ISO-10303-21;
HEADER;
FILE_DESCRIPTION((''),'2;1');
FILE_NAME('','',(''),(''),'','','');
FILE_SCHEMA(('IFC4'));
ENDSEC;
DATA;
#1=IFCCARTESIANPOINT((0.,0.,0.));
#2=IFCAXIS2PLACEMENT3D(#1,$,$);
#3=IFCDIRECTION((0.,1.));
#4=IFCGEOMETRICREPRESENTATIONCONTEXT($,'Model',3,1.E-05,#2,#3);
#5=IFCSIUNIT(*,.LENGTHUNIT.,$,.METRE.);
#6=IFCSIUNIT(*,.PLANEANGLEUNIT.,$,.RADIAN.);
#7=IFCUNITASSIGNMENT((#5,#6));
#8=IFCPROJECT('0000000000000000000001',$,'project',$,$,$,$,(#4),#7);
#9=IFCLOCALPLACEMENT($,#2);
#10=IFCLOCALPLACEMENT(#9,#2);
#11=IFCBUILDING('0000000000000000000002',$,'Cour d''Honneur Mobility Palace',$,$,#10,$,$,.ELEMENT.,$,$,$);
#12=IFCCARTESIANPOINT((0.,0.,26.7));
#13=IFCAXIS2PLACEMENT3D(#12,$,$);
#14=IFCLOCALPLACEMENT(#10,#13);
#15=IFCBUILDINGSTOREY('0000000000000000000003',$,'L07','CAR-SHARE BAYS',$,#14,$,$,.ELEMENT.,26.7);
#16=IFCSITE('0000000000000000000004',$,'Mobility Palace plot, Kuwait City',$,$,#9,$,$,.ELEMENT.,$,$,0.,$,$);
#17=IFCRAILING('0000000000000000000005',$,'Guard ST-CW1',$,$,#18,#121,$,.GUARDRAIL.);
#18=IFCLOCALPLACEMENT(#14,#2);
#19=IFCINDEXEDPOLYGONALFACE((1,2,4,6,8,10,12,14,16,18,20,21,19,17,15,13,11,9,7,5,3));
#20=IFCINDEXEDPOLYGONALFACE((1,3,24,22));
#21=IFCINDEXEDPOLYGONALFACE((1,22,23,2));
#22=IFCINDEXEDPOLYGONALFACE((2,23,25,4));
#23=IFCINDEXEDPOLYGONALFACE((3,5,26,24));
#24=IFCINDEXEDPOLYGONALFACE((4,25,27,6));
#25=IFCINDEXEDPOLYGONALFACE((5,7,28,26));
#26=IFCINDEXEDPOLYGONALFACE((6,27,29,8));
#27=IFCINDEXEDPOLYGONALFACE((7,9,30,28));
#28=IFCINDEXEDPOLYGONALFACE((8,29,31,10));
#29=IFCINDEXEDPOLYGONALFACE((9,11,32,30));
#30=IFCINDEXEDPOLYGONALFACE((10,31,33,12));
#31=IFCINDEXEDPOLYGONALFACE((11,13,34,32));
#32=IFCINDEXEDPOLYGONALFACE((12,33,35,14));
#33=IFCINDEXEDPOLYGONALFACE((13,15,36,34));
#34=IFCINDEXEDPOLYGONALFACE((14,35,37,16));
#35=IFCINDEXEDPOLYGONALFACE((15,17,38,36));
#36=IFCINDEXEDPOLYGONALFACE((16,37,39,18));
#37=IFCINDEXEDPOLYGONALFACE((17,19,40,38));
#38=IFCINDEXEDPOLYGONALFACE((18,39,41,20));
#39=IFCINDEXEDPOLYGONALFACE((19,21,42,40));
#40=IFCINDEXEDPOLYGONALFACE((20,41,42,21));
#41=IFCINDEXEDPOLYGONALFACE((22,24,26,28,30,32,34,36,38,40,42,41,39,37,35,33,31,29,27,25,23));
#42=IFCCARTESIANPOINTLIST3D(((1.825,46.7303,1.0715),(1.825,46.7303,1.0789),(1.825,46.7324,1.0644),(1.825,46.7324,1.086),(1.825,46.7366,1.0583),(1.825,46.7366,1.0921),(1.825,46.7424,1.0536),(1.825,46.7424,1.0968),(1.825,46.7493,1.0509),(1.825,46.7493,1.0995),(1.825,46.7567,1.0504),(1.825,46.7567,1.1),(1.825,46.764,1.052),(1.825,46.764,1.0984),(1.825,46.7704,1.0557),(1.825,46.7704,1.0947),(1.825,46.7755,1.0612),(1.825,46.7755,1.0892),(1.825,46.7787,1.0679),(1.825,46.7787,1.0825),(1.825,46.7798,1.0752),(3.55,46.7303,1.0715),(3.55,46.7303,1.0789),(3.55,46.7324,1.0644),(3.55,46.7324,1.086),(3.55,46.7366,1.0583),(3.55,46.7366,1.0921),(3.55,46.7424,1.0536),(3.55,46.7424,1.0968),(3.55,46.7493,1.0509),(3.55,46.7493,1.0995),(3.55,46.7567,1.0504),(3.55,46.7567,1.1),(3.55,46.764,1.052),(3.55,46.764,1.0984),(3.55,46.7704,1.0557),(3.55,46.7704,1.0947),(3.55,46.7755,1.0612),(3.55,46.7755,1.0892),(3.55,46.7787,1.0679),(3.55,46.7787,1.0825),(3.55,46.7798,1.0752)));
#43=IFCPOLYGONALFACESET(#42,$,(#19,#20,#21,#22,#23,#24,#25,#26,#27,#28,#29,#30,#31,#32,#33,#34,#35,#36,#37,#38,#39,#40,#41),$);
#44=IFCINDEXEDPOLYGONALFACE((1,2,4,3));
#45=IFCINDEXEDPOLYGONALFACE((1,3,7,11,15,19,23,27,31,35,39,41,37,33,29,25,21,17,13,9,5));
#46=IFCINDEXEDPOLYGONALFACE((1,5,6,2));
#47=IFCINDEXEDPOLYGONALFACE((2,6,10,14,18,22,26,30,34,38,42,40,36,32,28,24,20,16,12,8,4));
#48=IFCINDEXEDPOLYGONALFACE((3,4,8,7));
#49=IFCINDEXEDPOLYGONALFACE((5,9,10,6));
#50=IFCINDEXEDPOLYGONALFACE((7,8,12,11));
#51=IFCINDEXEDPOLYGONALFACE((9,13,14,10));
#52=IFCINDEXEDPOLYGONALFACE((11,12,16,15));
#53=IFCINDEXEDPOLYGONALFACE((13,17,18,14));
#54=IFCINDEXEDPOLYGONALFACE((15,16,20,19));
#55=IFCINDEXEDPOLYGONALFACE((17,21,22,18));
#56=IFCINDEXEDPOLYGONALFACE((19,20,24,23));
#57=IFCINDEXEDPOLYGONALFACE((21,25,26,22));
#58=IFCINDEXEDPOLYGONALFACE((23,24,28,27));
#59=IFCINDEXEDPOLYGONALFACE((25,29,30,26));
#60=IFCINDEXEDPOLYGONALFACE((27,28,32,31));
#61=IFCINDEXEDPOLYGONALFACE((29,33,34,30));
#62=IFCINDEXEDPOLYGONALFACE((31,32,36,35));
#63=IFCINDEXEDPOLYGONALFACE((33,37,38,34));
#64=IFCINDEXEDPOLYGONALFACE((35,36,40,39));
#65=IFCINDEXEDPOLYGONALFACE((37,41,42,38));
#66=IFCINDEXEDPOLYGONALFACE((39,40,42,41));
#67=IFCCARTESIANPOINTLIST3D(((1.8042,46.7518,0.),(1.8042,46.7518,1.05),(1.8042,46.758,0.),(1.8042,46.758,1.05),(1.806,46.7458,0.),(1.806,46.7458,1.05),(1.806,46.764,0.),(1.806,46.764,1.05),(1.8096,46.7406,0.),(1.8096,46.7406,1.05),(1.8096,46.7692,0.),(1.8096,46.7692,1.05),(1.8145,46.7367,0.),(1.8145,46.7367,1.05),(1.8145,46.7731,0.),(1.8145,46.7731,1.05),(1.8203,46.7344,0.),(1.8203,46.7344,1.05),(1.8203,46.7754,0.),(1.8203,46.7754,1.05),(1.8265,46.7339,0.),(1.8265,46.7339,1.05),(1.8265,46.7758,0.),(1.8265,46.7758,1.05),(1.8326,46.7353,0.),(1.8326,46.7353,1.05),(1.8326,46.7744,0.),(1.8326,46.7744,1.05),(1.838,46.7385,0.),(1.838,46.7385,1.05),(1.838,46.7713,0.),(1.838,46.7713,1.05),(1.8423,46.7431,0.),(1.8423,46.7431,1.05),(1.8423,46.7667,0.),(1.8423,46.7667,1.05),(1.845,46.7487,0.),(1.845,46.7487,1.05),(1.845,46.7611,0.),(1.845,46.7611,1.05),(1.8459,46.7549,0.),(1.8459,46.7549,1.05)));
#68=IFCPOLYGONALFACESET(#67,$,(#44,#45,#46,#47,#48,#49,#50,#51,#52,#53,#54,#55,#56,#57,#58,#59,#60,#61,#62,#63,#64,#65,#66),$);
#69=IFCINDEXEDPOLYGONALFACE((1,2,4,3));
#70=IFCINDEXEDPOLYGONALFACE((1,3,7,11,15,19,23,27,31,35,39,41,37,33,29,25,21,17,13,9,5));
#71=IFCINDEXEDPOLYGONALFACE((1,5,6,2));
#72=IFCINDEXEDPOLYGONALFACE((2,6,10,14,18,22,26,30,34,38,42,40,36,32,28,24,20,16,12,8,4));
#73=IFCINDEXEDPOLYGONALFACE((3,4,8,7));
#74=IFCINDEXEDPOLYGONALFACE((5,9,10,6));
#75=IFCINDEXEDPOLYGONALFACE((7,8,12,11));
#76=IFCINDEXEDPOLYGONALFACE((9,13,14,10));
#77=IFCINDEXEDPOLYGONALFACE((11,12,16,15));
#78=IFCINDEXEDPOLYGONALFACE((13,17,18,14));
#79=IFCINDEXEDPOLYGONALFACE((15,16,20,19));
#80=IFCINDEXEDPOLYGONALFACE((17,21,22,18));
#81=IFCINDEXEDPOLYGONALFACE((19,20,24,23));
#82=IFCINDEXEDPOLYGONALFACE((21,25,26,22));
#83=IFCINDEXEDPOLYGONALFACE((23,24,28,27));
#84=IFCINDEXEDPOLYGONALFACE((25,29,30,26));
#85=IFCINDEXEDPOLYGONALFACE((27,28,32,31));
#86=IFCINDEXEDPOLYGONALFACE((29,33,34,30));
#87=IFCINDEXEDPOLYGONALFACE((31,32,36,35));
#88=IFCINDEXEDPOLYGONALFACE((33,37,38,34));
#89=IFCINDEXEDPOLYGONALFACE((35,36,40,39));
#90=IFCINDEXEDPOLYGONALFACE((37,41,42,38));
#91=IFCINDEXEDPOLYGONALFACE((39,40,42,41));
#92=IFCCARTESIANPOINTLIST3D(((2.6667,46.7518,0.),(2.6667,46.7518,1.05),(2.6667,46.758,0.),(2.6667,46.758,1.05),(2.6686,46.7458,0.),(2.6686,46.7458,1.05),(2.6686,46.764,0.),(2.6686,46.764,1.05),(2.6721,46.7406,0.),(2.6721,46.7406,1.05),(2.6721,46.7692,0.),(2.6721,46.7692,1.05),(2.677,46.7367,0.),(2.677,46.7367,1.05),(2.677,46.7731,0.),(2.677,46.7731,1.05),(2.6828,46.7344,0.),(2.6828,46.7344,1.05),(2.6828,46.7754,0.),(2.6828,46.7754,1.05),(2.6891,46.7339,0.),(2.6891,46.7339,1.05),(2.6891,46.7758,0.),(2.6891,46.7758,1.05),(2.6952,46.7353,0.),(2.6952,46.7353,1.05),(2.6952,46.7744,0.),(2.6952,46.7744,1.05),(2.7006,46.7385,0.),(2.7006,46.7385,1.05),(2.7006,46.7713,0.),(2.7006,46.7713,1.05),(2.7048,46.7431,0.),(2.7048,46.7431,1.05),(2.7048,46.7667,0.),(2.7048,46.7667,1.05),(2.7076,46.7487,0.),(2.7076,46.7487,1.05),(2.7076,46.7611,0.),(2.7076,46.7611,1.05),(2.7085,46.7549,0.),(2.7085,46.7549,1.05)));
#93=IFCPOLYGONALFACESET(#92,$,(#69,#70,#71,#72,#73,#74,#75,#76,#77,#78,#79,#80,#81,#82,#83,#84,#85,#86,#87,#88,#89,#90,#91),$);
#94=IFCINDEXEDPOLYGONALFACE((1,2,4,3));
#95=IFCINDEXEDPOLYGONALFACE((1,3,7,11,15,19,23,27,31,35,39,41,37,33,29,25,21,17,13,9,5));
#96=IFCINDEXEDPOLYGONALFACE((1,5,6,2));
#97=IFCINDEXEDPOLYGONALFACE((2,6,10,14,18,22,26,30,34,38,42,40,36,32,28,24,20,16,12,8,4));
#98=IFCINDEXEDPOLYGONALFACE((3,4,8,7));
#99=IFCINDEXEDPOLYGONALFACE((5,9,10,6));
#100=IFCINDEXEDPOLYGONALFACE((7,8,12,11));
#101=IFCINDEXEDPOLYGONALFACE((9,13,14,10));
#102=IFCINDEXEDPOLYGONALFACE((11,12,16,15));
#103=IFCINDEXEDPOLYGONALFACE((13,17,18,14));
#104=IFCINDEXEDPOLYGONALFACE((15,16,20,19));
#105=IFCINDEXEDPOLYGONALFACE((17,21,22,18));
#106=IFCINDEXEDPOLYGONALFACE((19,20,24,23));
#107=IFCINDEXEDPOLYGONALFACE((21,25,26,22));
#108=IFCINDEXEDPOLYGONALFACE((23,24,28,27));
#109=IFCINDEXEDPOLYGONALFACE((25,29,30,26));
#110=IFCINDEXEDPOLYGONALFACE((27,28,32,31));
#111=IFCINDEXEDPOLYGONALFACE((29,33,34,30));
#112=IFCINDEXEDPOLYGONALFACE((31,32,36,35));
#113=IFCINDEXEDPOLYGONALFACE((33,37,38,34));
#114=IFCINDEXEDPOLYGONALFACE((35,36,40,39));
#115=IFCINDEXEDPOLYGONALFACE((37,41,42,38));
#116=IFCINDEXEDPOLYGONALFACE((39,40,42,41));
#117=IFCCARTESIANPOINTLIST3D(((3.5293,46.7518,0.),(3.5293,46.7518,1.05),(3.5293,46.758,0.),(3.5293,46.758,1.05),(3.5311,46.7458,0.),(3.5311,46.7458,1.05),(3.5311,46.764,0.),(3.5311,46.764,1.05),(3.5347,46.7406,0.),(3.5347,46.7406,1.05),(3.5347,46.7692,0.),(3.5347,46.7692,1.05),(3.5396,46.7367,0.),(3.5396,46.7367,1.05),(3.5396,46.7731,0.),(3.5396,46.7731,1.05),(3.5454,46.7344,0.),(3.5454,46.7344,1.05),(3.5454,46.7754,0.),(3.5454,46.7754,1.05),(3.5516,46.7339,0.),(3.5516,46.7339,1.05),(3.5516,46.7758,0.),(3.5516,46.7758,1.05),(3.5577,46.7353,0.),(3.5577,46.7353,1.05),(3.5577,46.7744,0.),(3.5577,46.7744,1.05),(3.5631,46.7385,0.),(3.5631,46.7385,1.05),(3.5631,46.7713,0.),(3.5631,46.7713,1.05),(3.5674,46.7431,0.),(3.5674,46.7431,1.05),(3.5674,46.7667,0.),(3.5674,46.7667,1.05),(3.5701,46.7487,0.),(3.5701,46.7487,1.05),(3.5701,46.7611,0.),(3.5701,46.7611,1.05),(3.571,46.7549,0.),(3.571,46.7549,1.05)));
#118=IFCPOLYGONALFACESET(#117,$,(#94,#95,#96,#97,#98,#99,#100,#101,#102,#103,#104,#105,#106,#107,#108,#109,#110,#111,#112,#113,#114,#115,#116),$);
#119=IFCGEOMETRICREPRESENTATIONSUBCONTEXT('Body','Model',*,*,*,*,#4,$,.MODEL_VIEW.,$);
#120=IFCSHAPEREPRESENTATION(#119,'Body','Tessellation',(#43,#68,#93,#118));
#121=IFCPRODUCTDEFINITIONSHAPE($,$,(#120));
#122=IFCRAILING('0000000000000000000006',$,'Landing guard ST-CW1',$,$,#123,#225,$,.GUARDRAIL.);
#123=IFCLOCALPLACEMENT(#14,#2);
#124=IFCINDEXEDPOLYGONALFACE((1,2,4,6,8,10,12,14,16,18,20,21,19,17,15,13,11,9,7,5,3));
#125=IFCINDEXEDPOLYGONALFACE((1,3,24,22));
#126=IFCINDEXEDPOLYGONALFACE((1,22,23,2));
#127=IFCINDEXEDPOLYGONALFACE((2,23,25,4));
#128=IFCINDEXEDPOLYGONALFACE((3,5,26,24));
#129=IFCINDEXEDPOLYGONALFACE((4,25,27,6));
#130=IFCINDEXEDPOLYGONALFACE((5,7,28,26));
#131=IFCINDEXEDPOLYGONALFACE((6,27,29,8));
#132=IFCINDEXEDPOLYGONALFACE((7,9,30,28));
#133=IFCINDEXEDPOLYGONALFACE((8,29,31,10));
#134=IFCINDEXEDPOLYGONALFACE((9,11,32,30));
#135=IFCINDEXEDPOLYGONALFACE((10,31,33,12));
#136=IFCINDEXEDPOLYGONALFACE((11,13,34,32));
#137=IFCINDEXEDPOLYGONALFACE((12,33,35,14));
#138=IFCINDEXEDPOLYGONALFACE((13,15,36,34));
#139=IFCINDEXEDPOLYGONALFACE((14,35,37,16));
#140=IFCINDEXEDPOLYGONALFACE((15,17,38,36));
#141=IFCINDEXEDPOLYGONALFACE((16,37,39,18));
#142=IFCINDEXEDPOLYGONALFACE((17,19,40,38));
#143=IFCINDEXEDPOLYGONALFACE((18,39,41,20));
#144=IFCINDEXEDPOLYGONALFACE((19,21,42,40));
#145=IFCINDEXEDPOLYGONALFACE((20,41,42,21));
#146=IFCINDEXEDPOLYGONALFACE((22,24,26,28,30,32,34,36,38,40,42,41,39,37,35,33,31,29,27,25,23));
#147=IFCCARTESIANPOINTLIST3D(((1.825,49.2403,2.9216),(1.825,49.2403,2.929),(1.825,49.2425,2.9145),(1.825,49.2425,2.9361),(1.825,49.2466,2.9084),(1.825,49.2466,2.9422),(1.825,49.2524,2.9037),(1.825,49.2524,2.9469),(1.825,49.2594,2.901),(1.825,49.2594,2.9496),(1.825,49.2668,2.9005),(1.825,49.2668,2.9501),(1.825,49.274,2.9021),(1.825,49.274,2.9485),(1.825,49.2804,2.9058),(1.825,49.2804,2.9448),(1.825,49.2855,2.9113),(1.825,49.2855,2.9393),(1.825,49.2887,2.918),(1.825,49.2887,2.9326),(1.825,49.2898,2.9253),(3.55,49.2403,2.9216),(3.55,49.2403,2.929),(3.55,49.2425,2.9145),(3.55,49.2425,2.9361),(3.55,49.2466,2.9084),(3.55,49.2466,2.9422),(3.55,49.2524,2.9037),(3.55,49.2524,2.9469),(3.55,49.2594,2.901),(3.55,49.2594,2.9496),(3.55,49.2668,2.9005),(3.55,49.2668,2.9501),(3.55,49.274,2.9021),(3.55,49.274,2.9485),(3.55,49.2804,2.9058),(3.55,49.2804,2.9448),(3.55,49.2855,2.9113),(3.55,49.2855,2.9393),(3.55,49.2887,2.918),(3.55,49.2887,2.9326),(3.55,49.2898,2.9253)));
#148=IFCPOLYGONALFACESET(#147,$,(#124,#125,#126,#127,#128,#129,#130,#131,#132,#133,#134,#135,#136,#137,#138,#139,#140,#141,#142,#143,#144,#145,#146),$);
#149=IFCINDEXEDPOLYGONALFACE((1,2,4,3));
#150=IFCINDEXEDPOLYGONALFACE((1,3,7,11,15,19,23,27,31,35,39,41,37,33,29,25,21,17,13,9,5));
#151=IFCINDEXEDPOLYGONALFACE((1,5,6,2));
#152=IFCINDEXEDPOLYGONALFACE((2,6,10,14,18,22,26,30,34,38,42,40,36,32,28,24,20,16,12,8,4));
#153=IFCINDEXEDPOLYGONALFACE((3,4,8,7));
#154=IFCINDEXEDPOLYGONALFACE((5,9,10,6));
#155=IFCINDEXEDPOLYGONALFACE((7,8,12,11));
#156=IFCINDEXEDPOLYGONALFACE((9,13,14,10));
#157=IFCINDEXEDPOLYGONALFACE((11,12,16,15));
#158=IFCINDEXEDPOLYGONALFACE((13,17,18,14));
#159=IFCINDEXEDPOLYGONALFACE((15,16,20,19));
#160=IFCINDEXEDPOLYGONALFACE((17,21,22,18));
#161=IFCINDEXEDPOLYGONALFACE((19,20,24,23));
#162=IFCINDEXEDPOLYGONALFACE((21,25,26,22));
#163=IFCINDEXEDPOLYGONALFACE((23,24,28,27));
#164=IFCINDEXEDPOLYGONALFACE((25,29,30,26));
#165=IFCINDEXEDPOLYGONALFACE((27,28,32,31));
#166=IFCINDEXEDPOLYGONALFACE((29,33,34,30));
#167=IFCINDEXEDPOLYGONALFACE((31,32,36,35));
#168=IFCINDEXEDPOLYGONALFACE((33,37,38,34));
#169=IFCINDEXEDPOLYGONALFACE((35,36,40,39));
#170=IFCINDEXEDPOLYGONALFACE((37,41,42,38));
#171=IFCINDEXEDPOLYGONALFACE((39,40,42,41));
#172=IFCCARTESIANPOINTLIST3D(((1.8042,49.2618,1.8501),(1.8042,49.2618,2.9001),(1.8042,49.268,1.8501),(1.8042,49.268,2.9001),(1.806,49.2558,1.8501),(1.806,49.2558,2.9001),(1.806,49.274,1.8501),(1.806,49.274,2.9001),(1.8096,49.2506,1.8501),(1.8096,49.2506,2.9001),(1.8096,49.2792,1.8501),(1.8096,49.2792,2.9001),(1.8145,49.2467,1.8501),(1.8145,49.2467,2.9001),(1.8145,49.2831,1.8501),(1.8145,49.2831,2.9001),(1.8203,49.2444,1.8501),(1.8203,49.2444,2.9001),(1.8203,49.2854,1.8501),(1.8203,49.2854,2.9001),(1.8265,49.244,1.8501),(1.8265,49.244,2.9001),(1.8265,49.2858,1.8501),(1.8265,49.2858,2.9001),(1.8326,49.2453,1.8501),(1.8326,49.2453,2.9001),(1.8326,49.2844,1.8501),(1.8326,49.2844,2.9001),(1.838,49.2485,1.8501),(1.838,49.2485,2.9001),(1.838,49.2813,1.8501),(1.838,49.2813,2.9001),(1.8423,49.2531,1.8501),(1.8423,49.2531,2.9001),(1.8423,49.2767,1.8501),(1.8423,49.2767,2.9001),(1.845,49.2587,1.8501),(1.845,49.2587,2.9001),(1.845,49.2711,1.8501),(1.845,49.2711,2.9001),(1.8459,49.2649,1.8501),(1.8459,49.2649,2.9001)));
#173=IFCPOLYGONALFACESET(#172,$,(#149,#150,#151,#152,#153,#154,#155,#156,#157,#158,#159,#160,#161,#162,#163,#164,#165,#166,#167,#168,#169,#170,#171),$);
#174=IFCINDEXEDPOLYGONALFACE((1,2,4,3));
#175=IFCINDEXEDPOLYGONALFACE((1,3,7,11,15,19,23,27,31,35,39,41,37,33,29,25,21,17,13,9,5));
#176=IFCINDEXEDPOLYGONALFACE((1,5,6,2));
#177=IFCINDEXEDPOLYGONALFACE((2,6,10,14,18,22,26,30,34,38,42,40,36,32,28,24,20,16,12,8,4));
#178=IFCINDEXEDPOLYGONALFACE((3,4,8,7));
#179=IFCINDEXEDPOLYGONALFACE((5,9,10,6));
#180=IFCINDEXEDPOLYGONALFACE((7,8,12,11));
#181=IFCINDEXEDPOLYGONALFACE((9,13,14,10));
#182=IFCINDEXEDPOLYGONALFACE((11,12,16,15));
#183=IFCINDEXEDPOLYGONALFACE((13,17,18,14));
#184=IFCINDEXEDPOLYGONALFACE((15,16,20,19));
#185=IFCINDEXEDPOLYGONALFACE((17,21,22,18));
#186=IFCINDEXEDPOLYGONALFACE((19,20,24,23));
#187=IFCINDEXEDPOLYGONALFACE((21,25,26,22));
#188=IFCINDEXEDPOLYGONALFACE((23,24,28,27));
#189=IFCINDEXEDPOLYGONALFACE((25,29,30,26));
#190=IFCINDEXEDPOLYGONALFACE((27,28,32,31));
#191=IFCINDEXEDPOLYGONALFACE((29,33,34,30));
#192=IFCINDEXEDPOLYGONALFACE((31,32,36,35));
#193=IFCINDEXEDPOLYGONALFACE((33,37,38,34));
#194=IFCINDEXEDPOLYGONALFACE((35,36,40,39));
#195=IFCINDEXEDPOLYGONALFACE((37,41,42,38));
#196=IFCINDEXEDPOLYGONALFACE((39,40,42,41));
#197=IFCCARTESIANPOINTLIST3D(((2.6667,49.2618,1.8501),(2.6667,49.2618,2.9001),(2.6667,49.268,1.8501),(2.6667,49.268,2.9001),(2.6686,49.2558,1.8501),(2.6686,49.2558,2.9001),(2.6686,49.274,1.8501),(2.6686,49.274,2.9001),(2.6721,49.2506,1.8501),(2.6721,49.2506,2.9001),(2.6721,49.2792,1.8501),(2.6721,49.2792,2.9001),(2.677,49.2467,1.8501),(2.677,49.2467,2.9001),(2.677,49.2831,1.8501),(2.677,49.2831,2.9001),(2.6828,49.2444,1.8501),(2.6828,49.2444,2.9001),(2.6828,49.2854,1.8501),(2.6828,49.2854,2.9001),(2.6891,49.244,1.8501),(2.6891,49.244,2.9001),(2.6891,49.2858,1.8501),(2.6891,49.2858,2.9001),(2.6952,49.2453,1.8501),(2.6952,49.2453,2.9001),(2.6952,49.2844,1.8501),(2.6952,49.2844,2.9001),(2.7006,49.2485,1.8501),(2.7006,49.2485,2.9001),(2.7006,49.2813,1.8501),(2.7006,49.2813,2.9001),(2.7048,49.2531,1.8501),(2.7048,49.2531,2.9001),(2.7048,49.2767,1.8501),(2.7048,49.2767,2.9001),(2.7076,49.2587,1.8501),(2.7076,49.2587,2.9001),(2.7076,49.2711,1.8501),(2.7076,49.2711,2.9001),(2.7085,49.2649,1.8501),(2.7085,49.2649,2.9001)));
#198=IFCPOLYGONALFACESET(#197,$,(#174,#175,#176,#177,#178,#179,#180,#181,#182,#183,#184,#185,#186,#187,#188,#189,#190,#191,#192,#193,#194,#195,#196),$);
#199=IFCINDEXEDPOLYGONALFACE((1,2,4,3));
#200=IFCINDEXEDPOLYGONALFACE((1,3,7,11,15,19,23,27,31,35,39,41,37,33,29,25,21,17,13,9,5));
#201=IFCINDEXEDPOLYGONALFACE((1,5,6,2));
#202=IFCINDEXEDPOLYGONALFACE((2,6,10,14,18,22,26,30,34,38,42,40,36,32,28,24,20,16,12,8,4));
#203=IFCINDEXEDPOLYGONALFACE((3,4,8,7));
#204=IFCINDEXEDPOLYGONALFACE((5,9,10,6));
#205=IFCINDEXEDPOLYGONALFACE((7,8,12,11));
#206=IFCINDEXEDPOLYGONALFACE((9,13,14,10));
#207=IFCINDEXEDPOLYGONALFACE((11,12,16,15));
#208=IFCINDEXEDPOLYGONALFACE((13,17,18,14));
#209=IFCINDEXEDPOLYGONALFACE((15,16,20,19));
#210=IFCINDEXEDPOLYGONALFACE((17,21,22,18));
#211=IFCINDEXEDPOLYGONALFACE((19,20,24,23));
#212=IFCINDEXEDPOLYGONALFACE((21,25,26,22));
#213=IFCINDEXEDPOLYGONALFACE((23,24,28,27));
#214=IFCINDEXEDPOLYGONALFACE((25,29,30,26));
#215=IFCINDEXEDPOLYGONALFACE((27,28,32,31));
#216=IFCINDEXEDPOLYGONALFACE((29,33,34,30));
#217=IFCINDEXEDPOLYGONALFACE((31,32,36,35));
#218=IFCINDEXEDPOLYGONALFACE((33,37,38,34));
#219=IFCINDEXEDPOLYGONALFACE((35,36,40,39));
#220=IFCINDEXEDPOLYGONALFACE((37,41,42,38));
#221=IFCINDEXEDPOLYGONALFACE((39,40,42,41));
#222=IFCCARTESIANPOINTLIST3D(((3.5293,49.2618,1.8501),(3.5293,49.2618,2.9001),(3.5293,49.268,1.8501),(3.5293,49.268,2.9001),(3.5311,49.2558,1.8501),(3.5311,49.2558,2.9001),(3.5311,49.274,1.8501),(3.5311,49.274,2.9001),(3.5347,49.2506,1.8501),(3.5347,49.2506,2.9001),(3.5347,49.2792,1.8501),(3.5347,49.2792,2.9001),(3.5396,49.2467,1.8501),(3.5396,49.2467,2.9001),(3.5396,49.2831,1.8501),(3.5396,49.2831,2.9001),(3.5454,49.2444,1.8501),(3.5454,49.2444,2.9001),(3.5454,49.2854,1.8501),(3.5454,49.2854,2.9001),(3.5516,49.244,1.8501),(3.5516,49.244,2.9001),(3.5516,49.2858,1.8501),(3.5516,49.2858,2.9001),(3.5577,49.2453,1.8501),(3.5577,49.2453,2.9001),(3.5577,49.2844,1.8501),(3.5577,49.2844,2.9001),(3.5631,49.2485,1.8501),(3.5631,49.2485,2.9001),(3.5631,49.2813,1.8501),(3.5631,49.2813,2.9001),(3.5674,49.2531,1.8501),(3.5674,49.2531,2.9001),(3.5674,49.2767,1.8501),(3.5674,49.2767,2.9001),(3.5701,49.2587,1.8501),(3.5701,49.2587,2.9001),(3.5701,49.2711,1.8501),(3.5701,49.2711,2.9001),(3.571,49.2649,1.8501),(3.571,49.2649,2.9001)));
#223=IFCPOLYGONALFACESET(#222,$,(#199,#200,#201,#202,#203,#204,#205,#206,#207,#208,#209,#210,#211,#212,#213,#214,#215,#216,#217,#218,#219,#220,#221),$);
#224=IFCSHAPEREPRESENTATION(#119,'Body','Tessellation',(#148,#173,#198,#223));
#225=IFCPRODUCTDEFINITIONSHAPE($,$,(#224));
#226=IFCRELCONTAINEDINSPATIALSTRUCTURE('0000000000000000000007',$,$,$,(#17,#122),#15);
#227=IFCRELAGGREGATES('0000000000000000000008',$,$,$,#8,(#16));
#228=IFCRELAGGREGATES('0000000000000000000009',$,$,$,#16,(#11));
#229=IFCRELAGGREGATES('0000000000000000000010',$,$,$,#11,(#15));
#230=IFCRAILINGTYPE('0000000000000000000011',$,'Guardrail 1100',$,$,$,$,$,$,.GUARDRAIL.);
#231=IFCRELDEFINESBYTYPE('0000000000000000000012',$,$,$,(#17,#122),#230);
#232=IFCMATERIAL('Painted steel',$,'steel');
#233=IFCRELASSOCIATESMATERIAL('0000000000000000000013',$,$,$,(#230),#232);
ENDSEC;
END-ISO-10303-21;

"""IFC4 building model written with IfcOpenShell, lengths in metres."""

from ifc_helpers import new_model, si_unit, direction, frame, origin, origin_2d, place, context, subcontext, project, spatial, circle, extrude, material, type_object, element, save


model = new_model("IFC4")

# Units and contexts
model_context = context("Model", 3, precision=1e-05, world=origin(), true_north=direction((0.0, 1.0)))
body_context = subcontext(model_context, "Body", "Model", "MODEL_VIEW")
ifc_project = project(units=[si_unit("LENGTHUNIT", "METRE"), si_unit("PLANEANGLEUNIT", "RADIAN")], contexts=[model_context])

# Site, building, storey
site_placement = place(None, origin())
site = spatial("IfcSite", under=ifc_project, at=site_placement, Name="Mobility Palace plot, Kuwait City", CompositionType="ELEMENT", RefElevation=0.0)
building_placement = place(site_placement, origin())
building = spatial("IfcBuilding", under=site, at=building_placement, Name="Cour d'Honneur Mobility Palace", CompositionType="ELEMENT")
storey_placement = place(building_placement, frame((0.0, 0.0, 26.7)))
storey = spatial("IfcBuildingStorey", under=building, at=storey_placement, Name="L07", Description="CAR-SHARE BAYS", CompositionType="ELEMENT", Elevation=26.7)

# Railings
ifc_material_1 = material(Name="Painted steel", Category="steel")
railing_type_1 = type_object("IfcRailingType", Name="Guardrail 1100", PredefinedType="GUARDRAIL", material=ifc_material_1)
for number, where, name in (
    (1, (1.825, 46.7549, 0.0), "Guard ST-CW1"),
    (2, (1.825, 49.2649, 1.8501), "Landing guard ST-CW1"),
):
    element("IfcRailing", number, at=place(storey_placement, frame(where)), inside=storey, type_object=railing_type_1, Name=name, PredefinedType="GUARDRAIL", context=body_context, shape_type="SweptSolid", body=[
        extrude(circle(Radius=0.0249, at=origin_2d()), frame((0.0, 0.0, 1.0752), z_axis=(1.0, 0.0, 0.0), x_axis=(0.0, 1.0, 0.0)), (0.0, 0.0, 1.0), 1.7251),
        extrude(circle(Radius=0.021, at=origin_2d()), origin(), (0.0, 0.0, 1.0), 1.05),
        extrude(circle(Radius=0.021, at=origin_2d()), frame((0.8625, 0.0, 0.0)), (0.0, 0.0, 1.0), 1.05),
        extrude(circle(Radius=0.021, at=origin_2d()), frame((1.7251, 0.0, 0.0)), (0.0, 0.0, 1.0), 1.05),
    ])

save(model, "model.ifc")
